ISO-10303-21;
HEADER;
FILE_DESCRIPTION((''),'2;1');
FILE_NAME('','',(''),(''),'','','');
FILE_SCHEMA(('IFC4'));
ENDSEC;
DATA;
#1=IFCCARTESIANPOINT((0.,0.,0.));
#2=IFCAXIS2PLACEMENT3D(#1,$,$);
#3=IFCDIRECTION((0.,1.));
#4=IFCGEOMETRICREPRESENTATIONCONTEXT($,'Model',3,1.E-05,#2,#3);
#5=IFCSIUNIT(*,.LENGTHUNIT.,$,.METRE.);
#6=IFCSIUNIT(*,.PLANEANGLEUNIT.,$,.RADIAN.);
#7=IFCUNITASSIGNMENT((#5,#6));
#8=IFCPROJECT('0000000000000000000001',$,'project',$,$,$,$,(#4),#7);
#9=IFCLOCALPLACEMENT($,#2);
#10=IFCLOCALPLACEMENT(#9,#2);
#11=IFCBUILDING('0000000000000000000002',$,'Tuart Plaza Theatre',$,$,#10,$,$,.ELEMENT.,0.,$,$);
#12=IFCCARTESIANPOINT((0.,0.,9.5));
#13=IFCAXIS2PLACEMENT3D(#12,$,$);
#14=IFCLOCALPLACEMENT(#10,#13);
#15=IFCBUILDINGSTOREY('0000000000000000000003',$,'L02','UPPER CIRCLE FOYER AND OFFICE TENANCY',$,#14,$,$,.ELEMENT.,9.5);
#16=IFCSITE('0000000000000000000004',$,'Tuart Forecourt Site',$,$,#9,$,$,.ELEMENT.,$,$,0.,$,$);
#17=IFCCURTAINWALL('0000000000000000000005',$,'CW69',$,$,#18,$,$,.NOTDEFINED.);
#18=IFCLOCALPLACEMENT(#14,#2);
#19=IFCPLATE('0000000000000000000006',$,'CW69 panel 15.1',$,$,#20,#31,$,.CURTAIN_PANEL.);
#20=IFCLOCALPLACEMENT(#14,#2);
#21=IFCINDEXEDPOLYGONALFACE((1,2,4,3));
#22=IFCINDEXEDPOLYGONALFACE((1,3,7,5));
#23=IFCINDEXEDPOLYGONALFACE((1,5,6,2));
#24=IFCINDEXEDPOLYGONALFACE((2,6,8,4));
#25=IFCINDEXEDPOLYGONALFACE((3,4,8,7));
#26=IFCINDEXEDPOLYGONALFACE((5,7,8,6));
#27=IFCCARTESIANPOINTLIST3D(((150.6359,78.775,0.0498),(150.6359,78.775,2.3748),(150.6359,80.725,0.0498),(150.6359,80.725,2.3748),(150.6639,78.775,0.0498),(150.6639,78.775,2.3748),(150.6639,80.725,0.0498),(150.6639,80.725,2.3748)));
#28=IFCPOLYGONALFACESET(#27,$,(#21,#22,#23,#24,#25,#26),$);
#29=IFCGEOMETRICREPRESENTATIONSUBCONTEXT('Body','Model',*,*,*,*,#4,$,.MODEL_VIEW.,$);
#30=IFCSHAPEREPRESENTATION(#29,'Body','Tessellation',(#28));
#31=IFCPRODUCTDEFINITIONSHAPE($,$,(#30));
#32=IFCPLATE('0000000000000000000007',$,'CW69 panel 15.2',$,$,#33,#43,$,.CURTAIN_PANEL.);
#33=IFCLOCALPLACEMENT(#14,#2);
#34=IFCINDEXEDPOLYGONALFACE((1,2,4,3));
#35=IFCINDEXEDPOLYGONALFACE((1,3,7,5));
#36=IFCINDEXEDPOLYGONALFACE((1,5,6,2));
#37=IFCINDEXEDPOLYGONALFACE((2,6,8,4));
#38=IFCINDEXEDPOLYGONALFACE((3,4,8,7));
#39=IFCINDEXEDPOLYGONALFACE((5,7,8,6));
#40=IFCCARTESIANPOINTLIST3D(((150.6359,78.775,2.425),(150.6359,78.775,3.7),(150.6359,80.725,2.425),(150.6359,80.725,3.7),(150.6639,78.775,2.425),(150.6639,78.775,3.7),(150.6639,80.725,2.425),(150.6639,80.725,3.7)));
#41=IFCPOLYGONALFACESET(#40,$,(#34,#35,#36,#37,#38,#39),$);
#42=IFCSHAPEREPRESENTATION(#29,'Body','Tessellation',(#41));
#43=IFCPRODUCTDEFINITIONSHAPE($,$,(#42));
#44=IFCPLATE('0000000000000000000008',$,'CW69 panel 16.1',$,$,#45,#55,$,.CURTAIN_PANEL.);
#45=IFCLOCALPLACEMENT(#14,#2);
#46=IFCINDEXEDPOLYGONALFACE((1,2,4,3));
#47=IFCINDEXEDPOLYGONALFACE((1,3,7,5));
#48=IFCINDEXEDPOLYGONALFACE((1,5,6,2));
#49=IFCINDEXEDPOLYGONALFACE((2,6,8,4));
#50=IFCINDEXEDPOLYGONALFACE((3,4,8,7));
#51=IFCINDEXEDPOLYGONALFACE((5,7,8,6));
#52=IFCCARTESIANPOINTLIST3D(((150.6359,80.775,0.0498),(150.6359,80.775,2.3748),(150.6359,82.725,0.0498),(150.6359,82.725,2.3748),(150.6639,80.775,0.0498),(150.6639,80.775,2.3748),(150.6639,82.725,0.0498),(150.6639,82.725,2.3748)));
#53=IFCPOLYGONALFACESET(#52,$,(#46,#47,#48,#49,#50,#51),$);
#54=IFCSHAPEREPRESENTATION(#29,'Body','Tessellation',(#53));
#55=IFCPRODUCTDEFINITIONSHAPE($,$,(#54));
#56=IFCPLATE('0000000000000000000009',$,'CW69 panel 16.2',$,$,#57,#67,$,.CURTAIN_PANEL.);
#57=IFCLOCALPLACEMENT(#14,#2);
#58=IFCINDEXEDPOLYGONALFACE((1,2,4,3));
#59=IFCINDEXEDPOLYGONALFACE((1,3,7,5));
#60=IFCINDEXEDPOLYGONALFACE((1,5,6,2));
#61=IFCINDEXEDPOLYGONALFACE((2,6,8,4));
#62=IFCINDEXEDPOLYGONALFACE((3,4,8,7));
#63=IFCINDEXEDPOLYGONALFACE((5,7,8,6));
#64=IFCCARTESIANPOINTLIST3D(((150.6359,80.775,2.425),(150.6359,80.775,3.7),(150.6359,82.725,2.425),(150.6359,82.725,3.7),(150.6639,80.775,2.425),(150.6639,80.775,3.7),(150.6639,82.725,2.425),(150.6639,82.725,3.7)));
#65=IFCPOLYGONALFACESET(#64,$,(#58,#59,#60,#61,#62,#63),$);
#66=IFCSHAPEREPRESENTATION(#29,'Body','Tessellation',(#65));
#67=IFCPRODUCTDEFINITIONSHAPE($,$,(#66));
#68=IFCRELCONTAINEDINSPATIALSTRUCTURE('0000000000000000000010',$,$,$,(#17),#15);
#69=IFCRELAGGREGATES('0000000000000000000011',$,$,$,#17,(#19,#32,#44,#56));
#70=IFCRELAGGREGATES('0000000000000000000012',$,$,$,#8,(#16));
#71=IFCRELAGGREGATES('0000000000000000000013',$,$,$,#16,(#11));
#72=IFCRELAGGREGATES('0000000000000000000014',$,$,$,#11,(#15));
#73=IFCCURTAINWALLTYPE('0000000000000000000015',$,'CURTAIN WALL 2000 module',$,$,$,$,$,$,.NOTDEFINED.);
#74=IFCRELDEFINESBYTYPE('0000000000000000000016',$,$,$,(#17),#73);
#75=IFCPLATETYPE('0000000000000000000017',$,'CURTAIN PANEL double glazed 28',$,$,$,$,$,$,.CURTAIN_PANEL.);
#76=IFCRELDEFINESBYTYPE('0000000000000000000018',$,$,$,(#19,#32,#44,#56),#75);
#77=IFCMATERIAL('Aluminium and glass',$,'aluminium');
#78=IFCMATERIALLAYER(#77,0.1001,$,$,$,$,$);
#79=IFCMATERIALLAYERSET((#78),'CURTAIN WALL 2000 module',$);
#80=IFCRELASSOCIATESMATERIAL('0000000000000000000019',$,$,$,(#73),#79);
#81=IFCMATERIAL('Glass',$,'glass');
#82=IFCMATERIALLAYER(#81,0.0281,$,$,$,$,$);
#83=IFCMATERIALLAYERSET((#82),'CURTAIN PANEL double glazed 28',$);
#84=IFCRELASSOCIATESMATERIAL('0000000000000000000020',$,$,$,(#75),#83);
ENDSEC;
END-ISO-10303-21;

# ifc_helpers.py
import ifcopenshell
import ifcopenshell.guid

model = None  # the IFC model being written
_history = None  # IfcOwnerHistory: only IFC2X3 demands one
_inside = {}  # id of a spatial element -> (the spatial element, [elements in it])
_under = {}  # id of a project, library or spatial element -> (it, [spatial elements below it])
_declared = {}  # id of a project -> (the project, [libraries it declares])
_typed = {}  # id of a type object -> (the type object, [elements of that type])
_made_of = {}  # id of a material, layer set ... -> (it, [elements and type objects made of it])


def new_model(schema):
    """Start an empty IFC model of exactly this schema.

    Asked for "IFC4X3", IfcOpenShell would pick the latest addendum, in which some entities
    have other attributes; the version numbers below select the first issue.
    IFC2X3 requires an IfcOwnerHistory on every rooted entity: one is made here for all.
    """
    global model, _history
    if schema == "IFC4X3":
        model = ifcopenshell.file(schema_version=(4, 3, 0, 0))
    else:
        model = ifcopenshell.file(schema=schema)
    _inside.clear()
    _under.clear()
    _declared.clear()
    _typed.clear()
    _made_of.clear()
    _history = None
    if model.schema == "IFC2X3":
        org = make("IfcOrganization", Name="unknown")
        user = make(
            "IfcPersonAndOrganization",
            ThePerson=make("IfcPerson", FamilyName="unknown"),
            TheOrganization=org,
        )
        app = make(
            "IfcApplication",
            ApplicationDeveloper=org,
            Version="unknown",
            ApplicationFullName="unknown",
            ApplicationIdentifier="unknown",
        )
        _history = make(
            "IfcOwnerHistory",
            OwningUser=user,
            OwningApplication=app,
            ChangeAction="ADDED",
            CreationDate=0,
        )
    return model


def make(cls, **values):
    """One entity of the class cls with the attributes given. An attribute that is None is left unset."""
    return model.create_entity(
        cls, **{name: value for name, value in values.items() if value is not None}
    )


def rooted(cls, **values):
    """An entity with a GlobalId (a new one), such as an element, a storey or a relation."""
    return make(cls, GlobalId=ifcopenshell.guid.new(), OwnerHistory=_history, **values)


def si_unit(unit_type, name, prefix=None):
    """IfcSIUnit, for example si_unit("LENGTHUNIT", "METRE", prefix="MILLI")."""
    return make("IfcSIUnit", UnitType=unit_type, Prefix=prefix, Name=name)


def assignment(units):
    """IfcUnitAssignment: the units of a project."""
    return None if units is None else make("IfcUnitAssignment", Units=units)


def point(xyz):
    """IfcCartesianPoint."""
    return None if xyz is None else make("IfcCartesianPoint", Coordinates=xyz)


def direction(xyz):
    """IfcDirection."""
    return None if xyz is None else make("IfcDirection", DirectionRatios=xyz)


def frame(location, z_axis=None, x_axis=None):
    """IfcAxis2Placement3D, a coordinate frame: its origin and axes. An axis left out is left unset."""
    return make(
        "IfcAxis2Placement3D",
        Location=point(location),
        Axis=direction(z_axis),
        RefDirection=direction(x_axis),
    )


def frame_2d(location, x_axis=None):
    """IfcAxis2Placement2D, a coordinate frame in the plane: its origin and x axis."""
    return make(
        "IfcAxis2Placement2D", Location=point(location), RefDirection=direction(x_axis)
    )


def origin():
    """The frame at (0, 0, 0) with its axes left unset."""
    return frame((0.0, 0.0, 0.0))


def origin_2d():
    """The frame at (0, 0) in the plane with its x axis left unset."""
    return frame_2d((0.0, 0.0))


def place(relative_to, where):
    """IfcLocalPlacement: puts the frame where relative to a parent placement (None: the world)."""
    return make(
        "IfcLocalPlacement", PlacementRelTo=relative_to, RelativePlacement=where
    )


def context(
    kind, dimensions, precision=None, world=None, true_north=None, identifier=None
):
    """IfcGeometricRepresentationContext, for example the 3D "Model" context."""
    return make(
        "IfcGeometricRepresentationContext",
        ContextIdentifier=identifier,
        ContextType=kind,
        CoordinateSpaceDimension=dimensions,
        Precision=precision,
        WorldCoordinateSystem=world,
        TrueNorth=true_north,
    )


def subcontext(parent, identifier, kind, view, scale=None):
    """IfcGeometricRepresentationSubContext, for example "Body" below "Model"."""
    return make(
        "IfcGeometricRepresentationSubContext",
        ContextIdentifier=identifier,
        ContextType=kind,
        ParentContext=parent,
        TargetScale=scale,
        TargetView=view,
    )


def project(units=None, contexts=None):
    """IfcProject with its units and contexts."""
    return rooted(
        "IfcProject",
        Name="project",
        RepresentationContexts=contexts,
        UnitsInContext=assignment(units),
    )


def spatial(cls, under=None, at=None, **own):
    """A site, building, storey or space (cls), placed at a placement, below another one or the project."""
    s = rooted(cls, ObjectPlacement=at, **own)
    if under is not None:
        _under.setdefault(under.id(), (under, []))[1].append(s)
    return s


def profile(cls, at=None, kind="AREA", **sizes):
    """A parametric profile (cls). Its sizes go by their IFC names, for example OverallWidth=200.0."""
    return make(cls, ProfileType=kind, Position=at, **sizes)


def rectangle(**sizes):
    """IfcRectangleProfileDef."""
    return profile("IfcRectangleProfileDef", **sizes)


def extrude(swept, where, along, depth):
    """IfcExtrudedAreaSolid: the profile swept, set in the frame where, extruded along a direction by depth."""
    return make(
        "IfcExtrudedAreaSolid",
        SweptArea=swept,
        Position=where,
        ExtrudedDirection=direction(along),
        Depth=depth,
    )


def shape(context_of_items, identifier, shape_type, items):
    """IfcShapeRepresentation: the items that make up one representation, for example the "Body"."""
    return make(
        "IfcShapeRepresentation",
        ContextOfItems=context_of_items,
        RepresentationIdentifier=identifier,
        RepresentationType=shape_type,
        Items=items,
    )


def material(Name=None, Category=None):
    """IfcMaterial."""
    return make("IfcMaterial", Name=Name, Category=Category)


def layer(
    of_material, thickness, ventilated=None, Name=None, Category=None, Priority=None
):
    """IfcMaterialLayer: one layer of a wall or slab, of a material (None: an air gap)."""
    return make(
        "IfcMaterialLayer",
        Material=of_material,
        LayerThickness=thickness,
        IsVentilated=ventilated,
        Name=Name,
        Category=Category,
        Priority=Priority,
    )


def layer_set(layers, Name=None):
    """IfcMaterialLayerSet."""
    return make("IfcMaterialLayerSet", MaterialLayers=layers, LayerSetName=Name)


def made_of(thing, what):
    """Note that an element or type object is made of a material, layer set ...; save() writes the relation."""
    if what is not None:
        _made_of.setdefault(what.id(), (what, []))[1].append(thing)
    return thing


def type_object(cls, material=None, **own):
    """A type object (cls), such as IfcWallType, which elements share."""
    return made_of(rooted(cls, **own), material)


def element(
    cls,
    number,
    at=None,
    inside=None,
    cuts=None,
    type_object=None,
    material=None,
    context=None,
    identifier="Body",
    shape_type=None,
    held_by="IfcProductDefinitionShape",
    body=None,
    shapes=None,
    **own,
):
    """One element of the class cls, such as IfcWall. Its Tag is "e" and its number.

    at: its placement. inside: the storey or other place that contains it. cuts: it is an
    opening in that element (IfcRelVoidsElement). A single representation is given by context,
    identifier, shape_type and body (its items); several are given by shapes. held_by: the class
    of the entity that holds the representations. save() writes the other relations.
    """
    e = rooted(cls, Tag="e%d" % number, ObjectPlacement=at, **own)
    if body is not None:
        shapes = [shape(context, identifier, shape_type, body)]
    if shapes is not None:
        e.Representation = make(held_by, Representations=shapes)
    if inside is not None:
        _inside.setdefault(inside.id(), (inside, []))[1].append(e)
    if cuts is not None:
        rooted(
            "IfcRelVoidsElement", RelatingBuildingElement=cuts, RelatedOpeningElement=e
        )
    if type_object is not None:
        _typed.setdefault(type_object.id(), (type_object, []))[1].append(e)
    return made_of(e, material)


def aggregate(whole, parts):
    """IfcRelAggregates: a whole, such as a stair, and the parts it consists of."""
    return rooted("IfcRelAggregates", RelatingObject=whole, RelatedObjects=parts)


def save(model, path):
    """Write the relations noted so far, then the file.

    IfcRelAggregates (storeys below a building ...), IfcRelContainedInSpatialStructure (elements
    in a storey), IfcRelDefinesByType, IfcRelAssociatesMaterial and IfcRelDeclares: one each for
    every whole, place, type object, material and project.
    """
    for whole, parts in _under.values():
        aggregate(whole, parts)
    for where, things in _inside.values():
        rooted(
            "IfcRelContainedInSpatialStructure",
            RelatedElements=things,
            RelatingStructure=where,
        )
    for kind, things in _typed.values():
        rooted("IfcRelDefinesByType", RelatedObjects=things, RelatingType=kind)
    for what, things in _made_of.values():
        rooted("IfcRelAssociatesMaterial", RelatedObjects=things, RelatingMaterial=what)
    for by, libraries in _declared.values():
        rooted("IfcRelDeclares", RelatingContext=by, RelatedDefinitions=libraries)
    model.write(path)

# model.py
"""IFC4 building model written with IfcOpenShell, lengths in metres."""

from ifc_helpers import new_model, si_unit, direction, frame, origin, origin_2d, place, context, subcontext, project, spatial, rectangle, extrude, material, layer, layer_set, type_object, element, aggregate, save


model = new_model("IFC4")

# Units and contexts
model_context = context("Model", 3, precision=1e-05, world=origin(), true_north=direction((0.0, 1.0)))
body_context = subcontext(model_context, "Body", "Model", "MODEL_VIEW")
ifc_project = project(units=[si_unit("LENGTHUNIT", "METRE"), si_unit("PLANEANGLEUNIT", "RADIAN")], contexts=[model_context])

# Site, building, storey
site_placement = place(None, origin())
site = spatial("IfcSite", under=ifc_project, at=site_placement, Name="Tuart Forecourt Site", CompositionType="ELEMENT", RefElevation=0.0)
building_placement = place(site_placement, origin())
building = spatial("IfcBuilding", under=site, at=building_placement, Name="Tuart Plaza Theatre", CompositionType="ELEMENT", ElevationOfRefHeight=0.0)
storey_placement = place(building_placement, frame((0.0, 0.0, 9.5)))
storey = spatial("IfcBuildingStorey", under=building, at=storey_placement, Name="L02", Description="UPPER CIRCLE FOYER AND OFFICE TENANCY", CompositionType="ELEMENT", Elevation=9.5)

# Curtain wall, plates
ifc_material_1 = material(Name="Aluminium and glass", Category="aluminium")
ifc_layer_1 = layer(ifc_material_1, 0.1001)
ifc_layer_set_1 = layer_set([ifc_layer_1], Name="CURTAIN WALL 2000 module")
curtain_wall_type = type_object("IfcCurtainWallType", Name="CURTAIN WALL 2000 module", PredefinedType="NOTDEFINED", material=ifc_layer_set_1)
curtain_wall_placement = place(storey_placement, origin())
curtain_wall = element("IfcCurtainWall", 1, at=curtain_wall_placement, inside=storey, type_object=curtain_wall_type, Name="CW69", PredefinedType="NOTDEFINED")
ifc_material_2 = material(Name="Glass", Category="glass")
ifc_layer_2 = layer(ifc_material_2, 0.0281)
ifc_layer_set_2 = layer_set([ifc_layer_2], Name="CURTAIN PANEL double glazed 28")
plate_type = type_object("IfcPlateType", Name="CURTAIN PANEL double glazed 28", PredefinedType="CURTAIN_PANEL", material=ifc_layer_set_2)
plate_1_placement = place(storey_placement, frame((150.6499, 79.75, 0.0498), z_axis=(0.0, 0.0, 1.0), x_axis=(0.0, 1.0, 0.0)))
plate_1 = element("IfcPlate", 2, at=plate_1_placement, type_object=plate_type, Name="CW69 panel 15.1", PredefinedType="CURTAIN_PANEL", context=body_context, shape_type="SweptSolid", body=[
    extrude(rectangle(XDim=1.95, YDim=0.0281, at=origin_2d()), origin(), (0.0, 0.0, 1.0), 2.325),
])
plate_2_placement = place(storey_placement, frame((150.6499, 79.75, 2.425), z_axis=(0.0, 0.0, 1.0), x_axis=(0.0, 1.0, 0.0)))
plate_2 = element("IfcPlate", 3, at=plate_2_placement, type_object=plate_type, Name="CW69 panel 15.2", PredefinedType="CURTAIN_PANEL", context=body_context, shape_type="SweptSolid", body=[
    extrude(rectangle(XDim=1.95, YDim=0.0281, at=origin_2d()), origin(), (0.0, 0.0, 1.0), 1.2749),
])
plate_3_placement = place(storey_placement, frame((150.6499, 81.75, 0.0498), z_axis=(0.0, 0.0, 1.0), x_axis=(0.0, 1.0, 0.0)))
plate_3 = element("IfcPlate", 4, at=plate_3_placement, type_object=plate_type, Name="CW69 panel 16.1", PredefinedType="CURTAIN_PANEL", context=body_context, shape_type="SweptSolid", body=[
    extrude(rectangle(XDim=1.95, YDim=0.0281, at=origin_2d()), origin(), (0.0, 0.0, 1.0), 2.325),
])
plate_4_placement = place(storey_placement, frame((150.6499, 81.75, 2.425), z_axis=(0.0, 0.0, 1.0), x_axis=(0.0, 1.0, 0.0)))
plate_4 = element("IfcPlate", 5, at=plate_4_placement, type_object=plate_type, Name="CW69 panel 16.2", PredefinedType="CURTAIN_PANEL", context=body_context, shape_type="SweptSolid", body=[
    extrude(rectangle(XDim=1.95, YDim=0.0281, at=origin_2d()), origin(), (0.0, 0.0, 1.0), 1.2749),
])
aggregate(curtain_wall, [plate_1, plate_2, plate_3, plate_4])

save(model, "model.ifc")
